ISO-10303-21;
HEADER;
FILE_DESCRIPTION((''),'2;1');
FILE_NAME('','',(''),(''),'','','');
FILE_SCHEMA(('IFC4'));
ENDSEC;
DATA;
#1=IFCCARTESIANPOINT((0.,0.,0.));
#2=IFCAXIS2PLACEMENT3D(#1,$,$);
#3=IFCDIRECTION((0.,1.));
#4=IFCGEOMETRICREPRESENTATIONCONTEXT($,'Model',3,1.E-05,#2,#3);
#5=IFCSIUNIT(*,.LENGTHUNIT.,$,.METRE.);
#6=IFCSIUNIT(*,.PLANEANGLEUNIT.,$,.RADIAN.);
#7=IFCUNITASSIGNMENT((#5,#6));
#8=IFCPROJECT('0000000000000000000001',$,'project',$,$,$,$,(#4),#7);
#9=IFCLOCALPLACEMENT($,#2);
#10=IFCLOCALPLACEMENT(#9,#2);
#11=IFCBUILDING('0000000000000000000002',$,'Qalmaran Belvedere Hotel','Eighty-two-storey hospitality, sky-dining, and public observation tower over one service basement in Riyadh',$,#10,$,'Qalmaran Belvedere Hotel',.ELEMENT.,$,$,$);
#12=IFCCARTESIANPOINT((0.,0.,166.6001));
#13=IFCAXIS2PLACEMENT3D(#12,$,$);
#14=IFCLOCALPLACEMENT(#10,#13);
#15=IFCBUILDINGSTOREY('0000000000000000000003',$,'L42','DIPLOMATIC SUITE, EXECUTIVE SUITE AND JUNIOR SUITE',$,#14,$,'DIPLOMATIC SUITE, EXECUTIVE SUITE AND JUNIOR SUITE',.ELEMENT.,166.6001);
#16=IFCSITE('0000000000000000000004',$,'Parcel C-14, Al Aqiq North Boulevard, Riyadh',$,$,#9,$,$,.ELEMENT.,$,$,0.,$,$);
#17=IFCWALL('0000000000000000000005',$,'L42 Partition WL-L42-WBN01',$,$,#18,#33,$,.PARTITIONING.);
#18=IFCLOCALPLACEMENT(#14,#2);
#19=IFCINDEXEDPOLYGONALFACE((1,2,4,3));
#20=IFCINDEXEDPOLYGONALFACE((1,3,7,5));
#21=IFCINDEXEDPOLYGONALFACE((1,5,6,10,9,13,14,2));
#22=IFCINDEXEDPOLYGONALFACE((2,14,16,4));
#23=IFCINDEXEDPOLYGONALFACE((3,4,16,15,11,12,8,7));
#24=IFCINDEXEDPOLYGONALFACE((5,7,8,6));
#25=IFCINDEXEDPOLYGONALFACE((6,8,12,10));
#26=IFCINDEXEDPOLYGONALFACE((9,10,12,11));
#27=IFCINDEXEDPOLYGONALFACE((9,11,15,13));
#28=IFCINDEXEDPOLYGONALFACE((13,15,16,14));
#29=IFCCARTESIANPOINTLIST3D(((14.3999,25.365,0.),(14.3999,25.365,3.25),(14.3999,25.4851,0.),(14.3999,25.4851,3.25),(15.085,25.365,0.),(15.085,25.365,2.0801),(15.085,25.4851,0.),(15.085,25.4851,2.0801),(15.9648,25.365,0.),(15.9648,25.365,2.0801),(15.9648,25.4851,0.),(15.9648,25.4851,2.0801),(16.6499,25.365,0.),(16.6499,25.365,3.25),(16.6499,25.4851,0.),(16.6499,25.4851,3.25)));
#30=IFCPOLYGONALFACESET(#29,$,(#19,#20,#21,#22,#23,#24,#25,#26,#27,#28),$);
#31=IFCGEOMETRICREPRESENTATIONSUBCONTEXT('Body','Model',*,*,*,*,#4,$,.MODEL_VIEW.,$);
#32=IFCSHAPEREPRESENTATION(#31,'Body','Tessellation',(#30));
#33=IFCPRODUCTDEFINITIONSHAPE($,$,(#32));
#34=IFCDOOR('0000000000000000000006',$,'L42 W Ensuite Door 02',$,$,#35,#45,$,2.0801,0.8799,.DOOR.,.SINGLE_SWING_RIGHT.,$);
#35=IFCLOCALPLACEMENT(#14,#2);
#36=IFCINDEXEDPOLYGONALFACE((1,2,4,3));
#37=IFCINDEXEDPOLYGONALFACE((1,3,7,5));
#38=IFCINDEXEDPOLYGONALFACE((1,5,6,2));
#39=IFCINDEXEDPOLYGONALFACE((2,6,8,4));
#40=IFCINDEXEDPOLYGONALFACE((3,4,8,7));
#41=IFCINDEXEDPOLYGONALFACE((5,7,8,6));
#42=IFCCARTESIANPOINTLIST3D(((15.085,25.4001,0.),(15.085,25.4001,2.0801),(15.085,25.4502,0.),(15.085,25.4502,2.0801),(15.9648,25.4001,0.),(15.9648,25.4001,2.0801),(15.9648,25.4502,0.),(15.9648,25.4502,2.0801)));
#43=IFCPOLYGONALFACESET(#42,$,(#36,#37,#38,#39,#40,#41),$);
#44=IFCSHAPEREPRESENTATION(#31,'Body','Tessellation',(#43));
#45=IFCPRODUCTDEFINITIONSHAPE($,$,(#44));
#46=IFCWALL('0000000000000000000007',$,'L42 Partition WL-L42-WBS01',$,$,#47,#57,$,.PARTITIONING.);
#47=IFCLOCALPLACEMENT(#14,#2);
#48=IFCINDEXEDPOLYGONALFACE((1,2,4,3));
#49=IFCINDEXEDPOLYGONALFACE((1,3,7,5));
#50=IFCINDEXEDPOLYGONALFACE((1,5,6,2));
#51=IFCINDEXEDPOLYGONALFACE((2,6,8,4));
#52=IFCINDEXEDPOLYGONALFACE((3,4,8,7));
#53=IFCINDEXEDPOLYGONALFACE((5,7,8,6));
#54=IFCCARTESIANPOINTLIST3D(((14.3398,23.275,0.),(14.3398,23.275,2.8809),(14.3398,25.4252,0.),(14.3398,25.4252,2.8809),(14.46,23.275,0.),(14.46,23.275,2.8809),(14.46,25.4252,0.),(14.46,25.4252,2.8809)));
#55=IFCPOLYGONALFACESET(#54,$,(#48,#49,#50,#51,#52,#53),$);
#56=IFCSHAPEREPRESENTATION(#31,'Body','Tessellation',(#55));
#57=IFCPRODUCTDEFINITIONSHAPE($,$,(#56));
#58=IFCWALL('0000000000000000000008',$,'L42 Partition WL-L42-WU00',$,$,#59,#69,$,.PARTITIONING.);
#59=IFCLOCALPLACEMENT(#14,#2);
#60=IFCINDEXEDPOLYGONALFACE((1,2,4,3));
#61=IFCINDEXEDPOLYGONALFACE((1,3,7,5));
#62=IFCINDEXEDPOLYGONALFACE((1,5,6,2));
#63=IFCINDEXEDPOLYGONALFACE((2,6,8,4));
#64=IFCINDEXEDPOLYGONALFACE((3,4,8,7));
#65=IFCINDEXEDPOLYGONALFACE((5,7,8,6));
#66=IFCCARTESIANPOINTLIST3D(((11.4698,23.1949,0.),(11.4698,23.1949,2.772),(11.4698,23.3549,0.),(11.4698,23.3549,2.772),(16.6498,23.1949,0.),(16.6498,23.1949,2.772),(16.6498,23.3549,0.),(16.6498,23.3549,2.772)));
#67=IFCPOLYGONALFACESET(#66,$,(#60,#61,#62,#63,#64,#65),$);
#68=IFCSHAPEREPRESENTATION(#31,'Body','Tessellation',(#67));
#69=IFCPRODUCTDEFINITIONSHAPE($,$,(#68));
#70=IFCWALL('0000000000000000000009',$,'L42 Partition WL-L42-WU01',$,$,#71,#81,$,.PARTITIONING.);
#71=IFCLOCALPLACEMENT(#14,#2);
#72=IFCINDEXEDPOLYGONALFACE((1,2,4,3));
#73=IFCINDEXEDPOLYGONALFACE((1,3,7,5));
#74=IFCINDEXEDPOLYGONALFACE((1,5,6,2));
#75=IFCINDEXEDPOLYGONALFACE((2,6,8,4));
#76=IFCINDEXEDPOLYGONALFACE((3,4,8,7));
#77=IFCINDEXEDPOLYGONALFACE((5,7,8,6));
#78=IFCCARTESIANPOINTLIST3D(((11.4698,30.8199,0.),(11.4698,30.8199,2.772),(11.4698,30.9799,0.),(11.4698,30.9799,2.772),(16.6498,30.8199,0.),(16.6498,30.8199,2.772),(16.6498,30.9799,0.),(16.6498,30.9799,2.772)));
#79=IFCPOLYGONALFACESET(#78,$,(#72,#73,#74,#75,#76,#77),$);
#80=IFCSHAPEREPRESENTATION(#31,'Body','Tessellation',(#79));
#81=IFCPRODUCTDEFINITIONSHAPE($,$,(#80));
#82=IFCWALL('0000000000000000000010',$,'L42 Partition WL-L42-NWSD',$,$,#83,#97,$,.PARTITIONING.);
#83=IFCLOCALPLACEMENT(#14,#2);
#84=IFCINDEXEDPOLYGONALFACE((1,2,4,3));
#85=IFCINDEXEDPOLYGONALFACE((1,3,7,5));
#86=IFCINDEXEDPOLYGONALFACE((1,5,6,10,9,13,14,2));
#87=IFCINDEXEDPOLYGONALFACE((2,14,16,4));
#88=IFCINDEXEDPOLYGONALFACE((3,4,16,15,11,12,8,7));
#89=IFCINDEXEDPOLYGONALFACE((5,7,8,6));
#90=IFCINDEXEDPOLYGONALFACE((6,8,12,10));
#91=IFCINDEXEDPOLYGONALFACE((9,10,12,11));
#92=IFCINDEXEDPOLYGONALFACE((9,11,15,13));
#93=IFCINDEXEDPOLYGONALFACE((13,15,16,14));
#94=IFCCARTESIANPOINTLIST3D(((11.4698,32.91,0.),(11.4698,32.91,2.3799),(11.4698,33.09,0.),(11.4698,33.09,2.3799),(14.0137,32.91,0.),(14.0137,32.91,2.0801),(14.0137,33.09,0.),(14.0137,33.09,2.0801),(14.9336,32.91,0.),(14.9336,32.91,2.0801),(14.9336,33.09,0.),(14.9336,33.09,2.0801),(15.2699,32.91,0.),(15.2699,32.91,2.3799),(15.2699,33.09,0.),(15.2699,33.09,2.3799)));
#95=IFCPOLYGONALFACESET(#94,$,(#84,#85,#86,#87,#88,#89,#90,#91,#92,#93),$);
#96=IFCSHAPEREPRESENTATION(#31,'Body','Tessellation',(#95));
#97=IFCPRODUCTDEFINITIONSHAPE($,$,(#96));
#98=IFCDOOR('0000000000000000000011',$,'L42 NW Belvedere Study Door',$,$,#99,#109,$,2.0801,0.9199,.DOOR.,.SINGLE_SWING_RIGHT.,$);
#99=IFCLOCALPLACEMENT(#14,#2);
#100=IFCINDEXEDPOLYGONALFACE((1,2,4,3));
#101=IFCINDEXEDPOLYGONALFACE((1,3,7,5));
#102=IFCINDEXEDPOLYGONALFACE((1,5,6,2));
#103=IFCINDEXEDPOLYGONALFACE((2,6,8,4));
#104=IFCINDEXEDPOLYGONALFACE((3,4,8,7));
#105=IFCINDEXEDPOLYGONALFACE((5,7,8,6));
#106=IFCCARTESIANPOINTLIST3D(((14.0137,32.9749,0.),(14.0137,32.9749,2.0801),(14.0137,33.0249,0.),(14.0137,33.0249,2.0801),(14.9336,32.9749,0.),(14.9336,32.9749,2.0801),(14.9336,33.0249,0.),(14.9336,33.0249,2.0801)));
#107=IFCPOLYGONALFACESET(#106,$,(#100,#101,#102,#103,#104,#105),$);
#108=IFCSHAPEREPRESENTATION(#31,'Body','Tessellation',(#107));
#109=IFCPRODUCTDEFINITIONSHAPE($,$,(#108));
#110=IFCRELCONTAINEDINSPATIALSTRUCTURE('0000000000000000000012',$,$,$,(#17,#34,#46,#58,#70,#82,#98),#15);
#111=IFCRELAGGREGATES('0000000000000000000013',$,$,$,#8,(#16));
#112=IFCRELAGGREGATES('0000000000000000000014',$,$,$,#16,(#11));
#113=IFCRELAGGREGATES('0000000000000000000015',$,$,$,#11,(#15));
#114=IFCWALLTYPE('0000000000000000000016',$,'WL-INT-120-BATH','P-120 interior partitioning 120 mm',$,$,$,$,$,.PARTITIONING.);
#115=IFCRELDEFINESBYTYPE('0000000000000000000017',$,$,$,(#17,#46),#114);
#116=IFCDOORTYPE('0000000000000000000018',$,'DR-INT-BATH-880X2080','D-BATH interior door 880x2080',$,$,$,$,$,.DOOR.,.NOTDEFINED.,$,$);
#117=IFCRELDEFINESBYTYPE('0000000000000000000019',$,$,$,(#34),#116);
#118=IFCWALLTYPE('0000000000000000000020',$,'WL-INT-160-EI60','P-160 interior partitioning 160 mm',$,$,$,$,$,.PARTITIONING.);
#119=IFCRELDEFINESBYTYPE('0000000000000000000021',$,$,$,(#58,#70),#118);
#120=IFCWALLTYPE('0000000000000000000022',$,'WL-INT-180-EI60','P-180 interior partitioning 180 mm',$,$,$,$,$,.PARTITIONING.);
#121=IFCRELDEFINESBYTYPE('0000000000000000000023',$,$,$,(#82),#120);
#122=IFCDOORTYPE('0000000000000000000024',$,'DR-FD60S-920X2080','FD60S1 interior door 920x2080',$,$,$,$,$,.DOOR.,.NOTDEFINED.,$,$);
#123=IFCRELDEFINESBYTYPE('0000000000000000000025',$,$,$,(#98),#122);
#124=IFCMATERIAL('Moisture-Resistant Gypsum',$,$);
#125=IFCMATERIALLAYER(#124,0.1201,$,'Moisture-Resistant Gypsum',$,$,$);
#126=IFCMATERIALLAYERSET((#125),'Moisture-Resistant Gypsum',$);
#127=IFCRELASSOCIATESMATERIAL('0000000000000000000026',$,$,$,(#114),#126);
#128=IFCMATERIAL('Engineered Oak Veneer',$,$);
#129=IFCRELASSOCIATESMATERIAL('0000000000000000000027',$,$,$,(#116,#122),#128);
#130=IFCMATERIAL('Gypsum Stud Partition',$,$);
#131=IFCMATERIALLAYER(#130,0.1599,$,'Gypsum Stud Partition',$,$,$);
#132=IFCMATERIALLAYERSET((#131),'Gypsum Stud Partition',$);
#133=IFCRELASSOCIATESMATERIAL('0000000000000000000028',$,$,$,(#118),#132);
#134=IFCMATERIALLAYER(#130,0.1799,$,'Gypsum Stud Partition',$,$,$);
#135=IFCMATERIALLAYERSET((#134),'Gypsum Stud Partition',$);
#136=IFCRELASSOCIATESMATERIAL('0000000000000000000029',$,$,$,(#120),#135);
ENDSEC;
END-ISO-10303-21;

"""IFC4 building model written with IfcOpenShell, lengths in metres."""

from ifc_helpers import new_model, si_unit, direction, frame, frame_2d, origin, place, context, subcontext, project, spatial, rectangle, extrude, material, layer, layer_set, type_object, element, fill, save


model = new_model("IFC4")

# Units and contexts
model_context = context("Model", 3, precision=1e-05, world=origin(), true_north=direction((0.0, 1.0)))
body_context = subcontext(model_context, "Body", "Model", "MODEL_VIEW")
ifc_project = project(units=[si_unit("LENGTHUNIT", "METRE"), si_unit("PLANEANGLEUNIT", "RADIAN")], contexts=[model_context])

# Site, building, storey
site_placement = place(None, origin())
site = spatial("IfcSite", under=ifc_project, at=site_placement, Name="Parcel C-14, Al Aqiq North Boulevard, Riyadh", CompositionType="ELEMENT", RefElevation=0.0)
building_placement = place(site_placement, origin())
building = spatial("IfcBuilding", under=site, at=building_placement, Name="Qalmaran Belvedere Hotel", Description="Eighty-two-storey hospitality, sky-dining, and public observation tower over one service basement in Riyadh", LongName="Qalmaran Belvedere Hotel", CompositionType="ELEMENT")
storey_placement = place(building_placement, frame((0.0, 0.0, 166.6001)))
storey = spatial("IfcBuildingStorey", under=building, at=storey_placement, Name="L42", Description="DIPLOMATIC SUITE, EXECUTIVE SUITE AND JUNIOR SUITE", LongName="DIPLOMATIC SUITE, EXECUTIVE SUITE AND JUNIOR SUITE", CompositionType="ELEMENT", Elevation=166.6001)

# Wall, opening, door
ifc_material_1 = material(Name="Moisture-Resistant Gypsum")
ifc_layer_1 = layer(ifc_material_1, 0.1201, Name="Moisture-Resistant Gypsum")
ifc_layer_set_1 = layer_set([ifc_layer_1], Name="Moisture-Resistant Gypsum")
wall_type_1 = type_object("IfcWallType", Name="WL-INT-120-BATH", Description="P-120 interior partitioning 120 mm", PredefinedType="PARTITIONING", material=ifc_layer_set_1)
wall_1_placement = place(storey_placement, frame((14.3999, 25.425, 0.0), z_axis=(0.0, 0.0, 1.0), x_axis=(1.0, 0.0, 0.0)))
wall_1 = element("IfcWall", 1, at=wall_1_placement, inside=storey, type_object=wall_type_1, Name="L42 Partition WL-L42-WBN01", PredefinedType="PARTITIONING", context=body_context, shape_type="SweptSolid", body=[
    extrude(rectangle(XDim=2.25, YDim=0.1201, at=frame_2d((1.125, 0.0))), origin(), (0.0, 0.0, 1.0), 3.25),
])
opening_1_placement = place(wall_1_placement, frame((1.5649, 0.0, 0.0), z_axis=(0.0, 0.0, 1.0), x_axis=(-1.0, 0.0, 0.0)))
opening_1 = element("IfcOpeningElement", 2, at=opening_1_placement, cuts=wall_1, PredefinedType="OPENING", context=body_context, shape_type="SweptSolid", body=[
    extrude(rectangle(XDim=0.8799, YDim=2.0801, at=frame_2d((0.4399, 1.04))), frame((0.0, 0.0701, 0.0), z_axis=(0.0, -1.0, 0.0), x_axis=(1.0, 0.0, 0.0)), (0.0, 0.0, 1.0), 0.1401),
])
ifc_material_2 = material(Name="Engineered Oak Veneer")
door_type_1 = type_object("IfcDoorType", Name="DR-INT-BATH-880X2080", Description="D-BATH interior door 880x2080", OperationType="NOTDEFINED", PredefinedType="DOOR", material=ifc_material_2)
door_1_placement = place(opening_1_placement, origin())
door_1 = element("IfcDoor", 3, at=door_1_placement, inside=storey, type_object=door_type_1, Name="L42 W Ensuite Door 02", OperationType="SINGLE_SWING_RIGHT", OverallHeight=2.0801, OverallWidth=0.8799, PredefinedType="DOOR", context=body_context, shape_type="SweptSolid", body=[
    extrude(rectangle(XDim=0.8799, YDim=2.0801, at=frame_2d((0.4399, 1.04))), frame((0.0, 0.0249, 0.0), z_axis=(0.0, -1.0, 0.0), x_axis=(1.0, 0.0, 0.0)), (0.0, 0.0, 1.0), 0.05),
])
fill(opening_1, door_1)

# Walls
wall_2_placement = place(storey_placement, frame((14.3999, 23.2749, 0.0), z_axis=(0.0, 0.0, 1.0), x_axis=(0.0, 1.0, 0.0)))
element("IfcWall", 4, at=wall_2_placement, inside=storey, type_object=wall_type_1, Name="L42 Partition WL-L42-WBS01", PredefinedType="PARTITIONING", context=body_context, shape_type="SweptSolid", body=[
    extrude(rectangle(XDim=2.1501, YDim=0.1201, at=frame_2d((1.0752, 0.0))), origin(), (0.0, 0.0, 1.0), 2.8809),
])
ifc_material_3 = material(Name="Gypsum Stud Partition")
ifc_layer_2 = layer(ifc_material_3, 0.1599, Name="Gypsum Stud Partition")
ifc_layer_set_2 = layer_set([ifc_layer_2], Name="Gypsum Stud Partition")
wall_type_2 = type_object("IfcWallType", Name="WL-INT-160-EI60", Description="P-160 interior partitioning 160 mm", PredefinedType="PARTITIONING", material=ifc_layer_set_2)
for number, where, z_axis, x_axis, name in (
    (5, (11.47, 23.2749, 0.0), (0.0, 0.0, 1.0), (1.0, 0.0, 0.0), "L42 Partition WL-L42-WU00"),
    (6, (11.47, 30.8999, 0.0), (0.0, 0.0, 1.0), (1.0, 0.0, 0.0), "L42 Partition WL-L42-WU01"),
):
    element("IfcWall", number, at=place(storey_placement, frame(where, z_axis=z_axis, x_axis=x_axis)), inside=storey, type_object=wall_type_2, Name=name, PredefinedType="PARTITIONING", context=body_context, shape_type="SweptSolid", body=[
        extrude(rectangle(XDim=5.1799, YDim=0.1599, at=frame_2d((2.5898, 0.0))), origin(), (0.0, 0.0, 1.0), 2.772),
    ])

# Wall, opening, door
ifc_layer_3 = layer(ifc_material_3, 0.1799, Name="Gypsum Stud Partition")
ifc_layer_set_3 = layer_set([ifc_layer_3], Name="Gypsum Stud Partition")
wall_type_3 = type_object("IfcWallType", Name="WL-INT-180-EI60", Description="P-180 interior partitioning 180 mm", PredefinedType="PARTITIONING", material=ifc_layer_set_3)
wall_3_placement = place(storey_placement, frame((11.47, 33.0, 0.0), z_axis=(0.0, 0.0, 1.0), x_axis=(1.0, 0.0, 0.0)))
wall_3 = element("IfcWall", 7, at=wall_3_placement, inside=storey, type_object=wall_type_3, Name="L42 Partition WL-L42-NWSD", PredefinedType="PARTITIONING", context=body_context, shape_type="SweptSolid", body=[
    extrude(rectangle(XDim=3.8, YDim=0.1799, at=frame_2d((1.8999, 0.0))), origin(), (0.0, 0.0, 1.0), 2.3799),
])
opening_2_placement = place(wall_3_placement, frame((2.5437, 0.0, 0.0)))
opening_2 = element("IfcOpeningElement", 8, at=opening_2_placement, cuts=wall_3, PredefinedType="OPENING", context=body_context, shape_type="SweptSolid", body=[
    extrude(rectangle(XDim=0.9199, YDim=2.0801, at=frame_2d((0.46, 1.04))), frame((0.0, 0.1001, 0.0), z_axis=(0.0, -1.0, 0.0), x_axis=(1.0, 0.0, 0.0)), (0.0, 0.0, 1.0), 0.2),
])
door_type_2 = type_object("IfcDoorType", Name="DR-FD60S-920X2080", Description="FD60S1 interior door 920x2080", OperationType="NOTDEFINED", PredefinedType="DOOR", material=ifc_material_2)
door_2_placement = place(opening_2_placement, origin())
door_2 = element("IfcDoor", 9, at=door_2_placement, inside=storey, type_object=door_type_2, Name="L42 NW Belvedere Study Door", OperationType="SINGLE_SWING_RIGHT", OverallHeight=2.0801, OverallWidth=0.9199, PredefinedType="DOOR", context=body_context, shape_type="SweptSolid", body=[
    extrude(rectangle(XDim=0.9199, YDim=2.0801, at=frame_2d((0.46, 1.04))), frame((0.0, 0.0249, 0.0), z_axis=(0.0, -1.0, 0.0), x_axis=(1.0, 0.0, 0.0)), (0.0, 0.0, 1.0), 0.05),
])
fill(opening_2, door_2)

save(model, "model.ifc")
